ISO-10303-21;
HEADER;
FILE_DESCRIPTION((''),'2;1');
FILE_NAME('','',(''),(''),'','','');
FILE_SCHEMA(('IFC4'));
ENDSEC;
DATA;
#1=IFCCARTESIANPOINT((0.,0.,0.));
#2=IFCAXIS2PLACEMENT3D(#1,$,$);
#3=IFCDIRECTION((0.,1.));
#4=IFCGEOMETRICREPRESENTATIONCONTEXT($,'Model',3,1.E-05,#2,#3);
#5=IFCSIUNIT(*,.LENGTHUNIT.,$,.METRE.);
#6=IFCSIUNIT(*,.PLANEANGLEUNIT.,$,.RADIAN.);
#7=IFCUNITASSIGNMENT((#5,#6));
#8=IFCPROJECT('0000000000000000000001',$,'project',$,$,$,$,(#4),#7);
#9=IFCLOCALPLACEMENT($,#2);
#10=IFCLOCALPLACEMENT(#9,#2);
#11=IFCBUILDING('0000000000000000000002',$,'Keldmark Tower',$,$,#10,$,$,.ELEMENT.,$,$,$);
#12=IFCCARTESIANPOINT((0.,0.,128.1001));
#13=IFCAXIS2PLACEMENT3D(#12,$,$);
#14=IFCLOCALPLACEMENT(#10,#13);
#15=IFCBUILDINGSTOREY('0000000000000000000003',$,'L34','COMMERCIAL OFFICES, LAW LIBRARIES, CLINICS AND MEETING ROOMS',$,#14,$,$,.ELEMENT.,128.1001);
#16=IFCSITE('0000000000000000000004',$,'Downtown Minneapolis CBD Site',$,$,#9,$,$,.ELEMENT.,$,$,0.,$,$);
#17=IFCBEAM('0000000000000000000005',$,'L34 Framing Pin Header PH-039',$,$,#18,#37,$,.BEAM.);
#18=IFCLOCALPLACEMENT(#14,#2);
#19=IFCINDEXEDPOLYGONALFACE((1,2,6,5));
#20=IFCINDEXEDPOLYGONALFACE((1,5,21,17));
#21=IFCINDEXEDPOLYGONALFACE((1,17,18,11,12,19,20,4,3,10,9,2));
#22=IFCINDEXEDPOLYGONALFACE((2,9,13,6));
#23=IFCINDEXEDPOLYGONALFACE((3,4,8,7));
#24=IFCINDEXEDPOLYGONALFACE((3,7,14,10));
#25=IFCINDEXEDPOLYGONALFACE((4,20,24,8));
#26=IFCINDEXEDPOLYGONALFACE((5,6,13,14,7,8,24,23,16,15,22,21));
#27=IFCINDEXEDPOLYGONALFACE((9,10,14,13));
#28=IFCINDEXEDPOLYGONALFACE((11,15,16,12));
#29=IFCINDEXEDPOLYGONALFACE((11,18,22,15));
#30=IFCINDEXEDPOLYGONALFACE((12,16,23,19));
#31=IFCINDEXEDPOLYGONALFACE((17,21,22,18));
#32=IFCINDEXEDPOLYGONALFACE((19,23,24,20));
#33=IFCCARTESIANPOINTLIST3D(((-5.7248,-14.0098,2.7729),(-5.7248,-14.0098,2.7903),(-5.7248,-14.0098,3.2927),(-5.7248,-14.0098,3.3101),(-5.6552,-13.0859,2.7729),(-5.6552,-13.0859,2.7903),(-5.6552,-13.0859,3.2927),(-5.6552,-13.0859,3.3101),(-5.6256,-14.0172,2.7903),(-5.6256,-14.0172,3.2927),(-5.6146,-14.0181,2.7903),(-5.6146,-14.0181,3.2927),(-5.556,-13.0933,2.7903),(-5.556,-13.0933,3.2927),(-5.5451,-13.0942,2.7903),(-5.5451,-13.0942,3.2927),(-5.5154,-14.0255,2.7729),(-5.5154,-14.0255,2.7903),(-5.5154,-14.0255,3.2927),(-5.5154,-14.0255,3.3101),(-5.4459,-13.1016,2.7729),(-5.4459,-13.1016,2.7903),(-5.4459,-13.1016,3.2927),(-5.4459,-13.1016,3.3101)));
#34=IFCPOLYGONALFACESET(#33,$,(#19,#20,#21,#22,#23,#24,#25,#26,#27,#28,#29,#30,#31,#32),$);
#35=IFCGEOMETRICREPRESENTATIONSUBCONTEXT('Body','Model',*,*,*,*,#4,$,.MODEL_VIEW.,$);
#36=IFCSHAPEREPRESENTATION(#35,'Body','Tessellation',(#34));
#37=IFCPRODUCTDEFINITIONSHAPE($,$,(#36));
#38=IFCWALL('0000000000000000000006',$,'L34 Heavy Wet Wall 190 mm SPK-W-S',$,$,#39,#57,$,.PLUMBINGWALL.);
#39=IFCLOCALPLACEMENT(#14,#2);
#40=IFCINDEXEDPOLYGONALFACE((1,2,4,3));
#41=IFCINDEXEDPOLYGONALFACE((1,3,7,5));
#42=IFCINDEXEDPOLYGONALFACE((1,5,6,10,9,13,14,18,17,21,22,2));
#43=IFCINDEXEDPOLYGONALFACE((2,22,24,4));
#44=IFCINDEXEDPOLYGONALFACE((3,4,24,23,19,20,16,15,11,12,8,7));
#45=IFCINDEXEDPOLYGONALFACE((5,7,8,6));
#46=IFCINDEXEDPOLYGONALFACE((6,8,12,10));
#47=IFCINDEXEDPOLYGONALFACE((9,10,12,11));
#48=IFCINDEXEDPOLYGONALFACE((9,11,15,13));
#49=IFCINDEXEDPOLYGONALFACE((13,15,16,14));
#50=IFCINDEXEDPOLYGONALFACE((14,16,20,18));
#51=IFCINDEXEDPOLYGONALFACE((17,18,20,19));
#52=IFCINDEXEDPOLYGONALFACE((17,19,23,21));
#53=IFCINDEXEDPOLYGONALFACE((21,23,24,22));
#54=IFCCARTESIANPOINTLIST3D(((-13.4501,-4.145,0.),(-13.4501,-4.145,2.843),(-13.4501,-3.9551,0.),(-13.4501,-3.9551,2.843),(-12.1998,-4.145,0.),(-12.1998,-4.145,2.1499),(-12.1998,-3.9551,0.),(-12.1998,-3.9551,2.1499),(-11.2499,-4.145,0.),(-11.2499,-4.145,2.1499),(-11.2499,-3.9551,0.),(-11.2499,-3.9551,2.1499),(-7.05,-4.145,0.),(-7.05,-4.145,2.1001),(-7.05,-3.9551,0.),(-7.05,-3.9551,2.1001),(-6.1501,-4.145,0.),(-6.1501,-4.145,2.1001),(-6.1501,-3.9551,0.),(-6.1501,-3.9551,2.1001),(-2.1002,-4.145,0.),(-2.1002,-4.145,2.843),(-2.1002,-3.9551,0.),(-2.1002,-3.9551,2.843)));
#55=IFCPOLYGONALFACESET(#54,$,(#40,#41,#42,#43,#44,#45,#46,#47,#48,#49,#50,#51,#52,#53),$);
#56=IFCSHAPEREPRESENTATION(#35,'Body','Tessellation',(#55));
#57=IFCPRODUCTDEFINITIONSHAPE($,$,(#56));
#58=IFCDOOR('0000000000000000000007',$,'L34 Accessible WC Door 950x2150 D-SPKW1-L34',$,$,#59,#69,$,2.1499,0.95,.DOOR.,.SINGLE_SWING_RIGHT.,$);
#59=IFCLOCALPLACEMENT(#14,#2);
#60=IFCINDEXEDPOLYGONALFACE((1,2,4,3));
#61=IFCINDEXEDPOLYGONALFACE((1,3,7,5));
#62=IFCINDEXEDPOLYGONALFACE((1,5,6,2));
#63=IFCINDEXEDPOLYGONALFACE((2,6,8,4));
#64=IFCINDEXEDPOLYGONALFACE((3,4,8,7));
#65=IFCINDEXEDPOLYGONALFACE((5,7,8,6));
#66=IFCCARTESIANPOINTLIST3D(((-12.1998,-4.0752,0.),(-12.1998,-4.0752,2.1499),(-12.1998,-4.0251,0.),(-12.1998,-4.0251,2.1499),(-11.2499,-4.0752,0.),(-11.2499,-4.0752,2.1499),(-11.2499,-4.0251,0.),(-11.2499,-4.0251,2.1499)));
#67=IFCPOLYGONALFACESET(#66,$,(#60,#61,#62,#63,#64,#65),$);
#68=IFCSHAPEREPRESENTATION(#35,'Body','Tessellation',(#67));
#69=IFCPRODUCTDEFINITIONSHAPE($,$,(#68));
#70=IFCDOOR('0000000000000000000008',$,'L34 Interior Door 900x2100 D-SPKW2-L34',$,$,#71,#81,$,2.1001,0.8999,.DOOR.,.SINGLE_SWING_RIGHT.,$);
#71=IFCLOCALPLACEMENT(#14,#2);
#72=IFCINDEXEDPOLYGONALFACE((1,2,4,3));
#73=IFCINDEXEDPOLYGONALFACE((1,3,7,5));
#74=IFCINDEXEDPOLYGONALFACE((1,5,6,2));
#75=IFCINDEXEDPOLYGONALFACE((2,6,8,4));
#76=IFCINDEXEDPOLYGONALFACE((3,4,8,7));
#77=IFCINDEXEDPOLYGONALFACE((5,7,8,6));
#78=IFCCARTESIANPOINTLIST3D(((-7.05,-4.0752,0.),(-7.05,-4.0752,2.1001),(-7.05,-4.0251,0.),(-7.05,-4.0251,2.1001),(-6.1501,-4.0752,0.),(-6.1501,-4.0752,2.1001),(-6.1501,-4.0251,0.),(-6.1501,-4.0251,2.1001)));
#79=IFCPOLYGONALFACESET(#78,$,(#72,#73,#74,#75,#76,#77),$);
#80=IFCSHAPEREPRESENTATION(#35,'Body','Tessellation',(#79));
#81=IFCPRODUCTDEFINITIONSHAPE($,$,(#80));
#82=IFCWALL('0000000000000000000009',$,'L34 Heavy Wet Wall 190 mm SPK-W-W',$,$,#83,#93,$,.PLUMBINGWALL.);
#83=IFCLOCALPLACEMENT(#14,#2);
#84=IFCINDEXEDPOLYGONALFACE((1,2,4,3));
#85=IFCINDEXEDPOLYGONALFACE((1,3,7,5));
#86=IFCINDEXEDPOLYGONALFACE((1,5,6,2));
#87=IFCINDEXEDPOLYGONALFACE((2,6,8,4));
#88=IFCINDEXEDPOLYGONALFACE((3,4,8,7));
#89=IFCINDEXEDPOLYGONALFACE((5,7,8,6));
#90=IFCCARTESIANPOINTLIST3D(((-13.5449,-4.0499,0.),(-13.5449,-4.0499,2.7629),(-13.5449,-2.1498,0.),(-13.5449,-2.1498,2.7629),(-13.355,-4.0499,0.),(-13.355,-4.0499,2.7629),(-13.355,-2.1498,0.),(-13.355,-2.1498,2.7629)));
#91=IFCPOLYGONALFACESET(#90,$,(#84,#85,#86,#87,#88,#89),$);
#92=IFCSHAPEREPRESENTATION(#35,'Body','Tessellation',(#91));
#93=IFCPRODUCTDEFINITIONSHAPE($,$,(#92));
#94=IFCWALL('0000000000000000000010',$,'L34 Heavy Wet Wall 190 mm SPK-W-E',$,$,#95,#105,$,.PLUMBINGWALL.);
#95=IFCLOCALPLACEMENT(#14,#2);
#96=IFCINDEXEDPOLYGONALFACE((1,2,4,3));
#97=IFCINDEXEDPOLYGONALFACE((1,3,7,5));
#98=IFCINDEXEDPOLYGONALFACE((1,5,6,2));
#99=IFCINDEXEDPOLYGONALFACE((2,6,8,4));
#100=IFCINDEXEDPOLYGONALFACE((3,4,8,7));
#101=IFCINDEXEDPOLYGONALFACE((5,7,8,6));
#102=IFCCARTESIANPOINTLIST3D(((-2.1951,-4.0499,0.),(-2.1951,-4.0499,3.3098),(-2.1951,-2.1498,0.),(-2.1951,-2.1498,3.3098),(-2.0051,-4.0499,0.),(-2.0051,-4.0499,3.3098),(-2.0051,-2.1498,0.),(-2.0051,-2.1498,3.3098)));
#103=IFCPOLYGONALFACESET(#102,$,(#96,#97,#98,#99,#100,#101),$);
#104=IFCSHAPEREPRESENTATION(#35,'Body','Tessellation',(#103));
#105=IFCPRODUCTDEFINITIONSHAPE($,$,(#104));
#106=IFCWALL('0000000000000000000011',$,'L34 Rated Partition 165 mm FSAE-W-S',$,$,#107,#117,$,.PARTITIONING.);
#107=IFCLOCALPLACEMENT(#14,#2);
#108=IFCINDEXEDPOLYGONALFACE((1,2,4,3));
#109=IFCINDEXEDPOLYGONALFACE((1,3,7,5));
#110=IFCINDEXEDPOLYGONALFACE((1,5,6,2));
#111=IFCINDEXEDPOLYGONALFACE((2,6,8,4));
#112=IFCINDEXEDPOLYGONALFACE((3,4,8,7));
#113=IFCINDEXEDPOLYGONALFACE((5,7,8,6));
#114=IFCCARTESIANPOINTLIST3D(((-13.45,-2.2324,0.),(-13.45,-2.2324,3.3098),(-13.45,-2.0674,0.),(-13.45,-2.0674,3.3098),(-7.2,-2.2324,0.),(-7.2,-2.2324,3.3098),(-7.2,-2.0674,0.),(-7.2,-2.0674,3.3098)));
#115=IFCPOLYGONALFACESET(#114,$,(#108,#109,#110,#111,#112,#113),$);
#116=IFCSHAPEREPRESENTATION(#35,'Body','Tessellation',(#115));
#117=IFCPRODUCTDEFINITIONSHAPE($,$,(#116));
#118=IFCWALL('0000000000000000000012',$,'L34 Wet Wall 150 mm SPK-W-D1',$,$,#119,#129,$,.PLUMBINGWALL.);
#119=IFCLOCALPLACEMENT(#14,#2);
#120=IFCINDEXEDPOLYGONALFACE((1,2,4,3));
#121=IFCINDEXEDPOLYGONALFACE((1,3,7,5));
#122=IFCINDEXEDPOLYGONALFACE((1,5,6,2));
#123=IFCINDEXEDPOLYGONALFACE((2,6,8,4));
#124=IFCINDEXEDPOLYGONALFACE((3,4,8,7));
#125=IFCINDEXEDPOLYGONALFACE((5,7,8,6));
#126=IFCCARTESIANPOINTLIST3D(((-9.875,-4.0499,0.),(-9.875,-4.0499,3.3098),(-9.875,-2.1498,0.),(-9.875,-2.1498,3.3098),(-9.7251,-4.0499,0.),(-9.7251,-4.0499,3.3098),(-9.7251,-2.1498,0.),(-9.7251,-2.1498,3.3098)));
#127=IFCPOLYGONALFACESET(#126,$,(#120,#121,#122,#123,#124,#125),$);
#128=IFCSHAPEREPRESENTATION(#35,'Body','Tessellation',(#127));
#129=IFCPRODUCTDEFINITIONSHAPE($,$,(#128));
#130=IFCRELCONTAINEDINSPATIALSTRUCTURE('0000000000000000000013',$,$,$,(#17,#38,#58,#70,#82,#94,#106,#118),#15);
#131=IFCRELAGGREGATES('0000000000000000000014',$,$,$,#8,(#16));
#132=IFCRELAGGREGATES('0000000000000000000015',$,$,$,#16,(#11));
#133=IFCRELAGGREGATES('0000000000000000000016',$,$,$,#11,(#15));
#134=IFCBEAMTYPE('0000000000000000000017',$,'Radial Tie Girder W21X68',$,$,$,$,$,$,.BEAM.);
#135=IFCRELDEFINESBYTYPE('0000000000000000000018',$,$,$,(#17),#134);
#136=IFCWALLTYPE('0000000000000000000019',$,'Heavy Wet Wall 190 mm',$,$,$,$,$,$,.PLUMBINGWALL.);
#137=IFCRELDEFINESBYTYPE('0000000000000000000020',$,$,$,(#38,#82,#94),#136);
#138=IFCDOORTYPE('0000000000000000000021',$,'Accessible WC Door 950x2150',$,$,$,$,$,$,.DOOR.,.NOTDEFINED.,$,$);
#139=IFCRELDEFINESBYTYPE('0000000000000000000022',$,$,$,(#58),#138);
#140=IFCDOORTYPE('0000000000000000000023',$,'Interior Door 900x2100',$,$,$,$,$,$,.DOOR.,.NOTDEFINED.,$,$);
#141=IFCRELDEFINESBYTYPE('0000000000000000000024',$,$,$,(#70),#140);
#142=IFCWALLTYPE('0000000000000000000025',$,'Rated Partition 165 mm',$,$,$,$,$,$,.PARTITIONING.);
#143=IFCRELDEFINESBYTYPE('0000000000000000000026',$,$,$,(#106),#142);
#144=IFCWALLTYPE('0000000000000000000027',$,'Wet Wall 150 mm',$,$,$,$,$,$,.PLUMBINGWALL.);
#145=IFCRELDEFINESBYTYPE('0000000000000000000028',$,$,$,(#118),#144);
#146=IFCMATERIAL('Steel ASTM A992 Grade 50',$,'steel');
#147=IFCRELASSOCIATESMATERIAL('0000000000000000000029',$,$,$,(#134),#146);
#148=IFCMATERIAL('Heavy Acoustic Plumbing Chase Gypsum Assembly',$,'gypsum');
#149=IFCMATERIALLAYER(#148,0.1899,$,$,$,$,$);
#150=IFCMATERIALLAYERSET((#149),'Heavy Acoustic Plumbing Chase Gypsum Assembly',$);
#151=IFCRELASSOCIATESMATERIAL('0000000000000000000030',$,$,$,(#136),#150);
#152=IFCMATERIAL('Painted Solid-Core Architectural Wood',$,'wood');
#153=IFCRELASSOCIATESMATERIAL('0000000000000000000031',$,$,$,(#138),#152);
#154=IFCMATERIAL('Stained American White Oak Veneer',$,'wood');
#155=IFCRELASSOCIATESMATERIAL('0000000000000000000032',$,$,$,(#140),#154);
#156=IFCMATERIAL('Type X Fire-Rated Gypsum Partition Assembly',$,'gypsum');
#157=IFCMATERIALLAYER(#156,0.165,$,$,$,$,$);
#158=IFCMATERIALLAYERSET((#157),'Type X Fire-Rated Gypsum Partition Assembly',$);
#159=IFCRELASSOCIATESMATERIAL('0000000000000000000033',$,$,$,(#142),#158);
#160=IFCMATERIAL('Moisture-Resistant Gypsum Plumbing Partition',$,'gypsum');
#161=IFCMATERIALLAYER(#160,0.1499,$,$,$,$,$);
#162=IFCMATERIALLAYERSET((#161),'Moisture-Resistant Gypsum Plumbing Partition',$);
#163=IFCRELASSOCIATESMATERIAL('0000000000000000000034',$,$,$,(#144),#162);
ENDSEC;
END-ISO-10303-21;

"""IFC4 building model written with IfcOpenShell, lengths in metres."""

from ifc_helpers import new_model, si_unit, direction, frame, frame_2d, origin, origin_2d, place, context, subcontext, project, spatial, rectangle, i_section, extrude, material, layer, layer_set, material_profile, profile_set, type_object, element, fill, save


model = new_model("IFC4")

# Units and contexts
model_context = context("Model", 3, precision=1e-05, world=origin(), true_north=direction((0.0, 1.0)))
body_context = subcontext(model_context, "Body", "Model", "MODEL_VIEW")
ifc_project = project(units=[si_unit("LENGTHUNIT", "METRE"), si_unit("PLANEANGLEUNIT", "RADIAN")], contexts=[model_context])

# Site, building, storey
site_placement = place(None, origin())
site = spatial("IfcSite", under=ifc_project, at=site_placement, Name="Downtown Minneapolis CBD Site", CompositionType="ELEMENT", RefElevation=0.0)
building_placement = place(site_placement, origin())
building = spatial("IfcBuilding", under=site, at=building_placement, Name="Keldmark Tower", CompositionType="ELEMENT")
storey_placement = place(building_placement, frame((0.0, 0.0, 128.1001)))
storey = spatial("IfcBuildingStorey", under=building, at=storey_placement, Name="L34", Description="COMMERCIAL OFFICES, LAW LIBRARIES, CLINICS AND MEETING ROOMS", CompositionType="ELEMENT", Elevation=128.1001)

# Beam
ifc_material_1 = material(Name="Steel ASTM A992 Grade 50", Category="steel")
ifc_material_profile_1 = material_profile(ifc_material_1, i_section(OverallWidth=0.21, OverallDepth=0.5371, WebThickness=0.011, FlangeThickness=0.0173, at=origin_2d()), Name="W21X68")
ifc_profile_set_1 = profile_set([ifc_material_profile_1], Name="Steel ASTM A992 Grade 50")
beam_type_1 = type_object("IfcBeamType", Name="Radial Tie Girder W21X68", PredefinedType="BEAM", material=ifc_profile_set_1)
beam_1_placement = place(storey_placement, frame((-5.5505, -13.0938, 3.0415), z_axis=(-0.075104, -0.997176, 0.0), x_axis=(0.997176, -0.075104, 0.0)))
element("IfcBeam", 1, at=beam_1_placement, inside=storey, type_object=beam_type_1, Name="L34 Framing Pin Header PH-039", PredefinedType="BEAM", context=body_context, shape_type="SweptSolid", body=[
    extrude(i_section(OverallWidth=0.21, OverallDepth=0.5371, WebThickness=0.011, FlangeThickness=0.0173, at=origin_2d()), origin(), (0.0, 0.0, 1.0), 0.9265),
])

# Wall, openings, doors
ifc_material_2 = material(Name="Heavy Acoustic Plumbing Chase Gypsum Assembly", Category="gypsum")
ifc_layer_1 = layer(ifc_material_2, 0.1899)
ifc_layer_set_1 = layer_set([ifc_layer_1], Name="Heavy Acoustic Plumbing Chase Gypsum Assembly")
wall_type_1 = type_object("IfcWallType", Name="Heavy Wet Wall 190 mm", PredefinedType="PLUMBINGWALL", material=ifc_layer_set_1)
wall_1_placement = place(storey_placement, frame((-13.45, -4.05, 0.0), z_axis=(0.0, 0.0, 1.0), x_axis=(1.0, 0.0, 0.0)))
wall_1 = element("IfcWall", 2, at=wall_1_placement, inside=storey, type_object=wall_type_1, Name="L34 Heavy Wet Wall 190 mm SPK-W-S", PredefinedType="PLUMBINGWALL", context=body_context, shape_type="SweptSolid", body=[
    extrude(rectangle(XDim=11.3499, YDim=0.1899, at=frame_2d((5.6748, 0.0))), origin(), (0.0, 0.0, 1.0), 2.843),
])
opening_1_placement = place(wall_1_placement, frame((1.25, 0.0, 0.0)))
opening_1 = element("IfcOpeningElement", 3, at=opening_1_placement, cuts=wall_1, PredefinedType="OPENING", context=body_context, shape_type="SweptSolid", body=[
    extrude(rectangle(XDim=0.95, YDim=2.1499, at=frame_2d((0.4751, 1.075))), frame((0.0, 0.105, 0.0), z_axis=(0.0, -1.0, 0.0), x_axis=(1.0, 0.0, 0.0)), (0.0, 0.0, 1.0), 0.21),
])
opening_2_placement = place(wall_1_placement, frame((6.3999, 0.0, 0.0)))
opening_2 = element("IfcOpeningElement", 4, at=opening_2_placement, cuts=wall_1, PredefinedType="OPENING", context=body_context, shape_type="SweptSolid", body=[
    extrude(rectangle(XDim=0.8999, YDim=2.1001, at=frame_2d((0.45, 1.05))), frame((0.0, 0.105, 0.0), z_axis=(0.0, -1.0, 0.0), x_axis=(1.0, 0.0, 0.0)), (0.0, 0.0, 1.0), 0.21),
])
ifc_material_3 = material(Name="Painted Solid-Core Architectural Wood", Category="wood")
door_type_1 = type_object("IfcDoorType", Name="Accessible WC Door 950x2150", OperationType="NOTDEFINED", PredefinedType="DOOR", material=ifc_material_3)
door_1_placement = place(opening_1_placement, origin())
door_1 = element("IfcDoor", 5, at=door_1_placement, inside=storey, type_object=door_type_1, Name="L34 Accessible WC Door 950x2150 D-SPKW1-L34", OperationType="SINGLE_SWING_RIGHT", OverallHeight=2.1499, OverallWidth=0.95, PredefinedType="DOOR", context=body_context, shape_type="SweptSolid", body=[
    extrude(rectangle(XDim=0.95, YDim=2.1499, at=frame_2d((0.4751, 1.075))), frame((0.0, 0.0249, 0.0), z_axis=(0.0, -1.0, 0.0), x_axis=(1.0, 0.0, 0.0)), (0.0, 0.0, 1.0), 0.05),
])
fill(opening_1, door_1)
ifc_material_4 = material(Name="Stained American White Oak Veneer", Category="wood")
door_type_2 = type_object("IfcDoorType", Name="Interior Door 900x2100", OperationType="NOTDEFINED", PredefinedType="DOOR", material=ifc_material_4)
door_2_placement = place(opening_2_placement, origin())
door_2 = element("IfcDoor", 6, at=door_2_placement, inside=storey, type_object=door_type_2, Name="L34 Interior Door 900x2100 D-SPKW2-L34", OperationType="SINGLE_SWING_RIGHT", OverallHeight=2.1001, OverallWidth=0.8999, PredefinedType="DOOR", context=body_context, shape_type="SweptSolid", body=[
    extrude(rectangle(XDim=0.8999, YDim=2.1001, at=frame_2d((0.45, 1.05))), frame((0.0, 0.0249, 0.0), z_axis=(0.0, -1.0, 0.0), x_axis=(1.0, 0.0, 0.0)), (0.0, 0.0, 1.0), 0.05),
])
fill(opening_2, door_2)

# Walls
wall_2_placement = place(storey_placement, frame((-13.45, -4.05, 0.0), z_axis=(0.0, 0.0, 1.0), x_axis=(0.0, 1.0, 0.0)))
element("IfcWall", 7, at=wall_2_placement, inside=storey, type_object=wall_type_1, Name="L34 Heavy Wet Wall 190 mm SPK-W-W", PredefinedType="PLUMBINGWALL", context=body_context, shape_type="SweptSolid", body=[
    extrude(rectangle(XDim=1.9001, YDim=0.1899, at=frame_2d((0.9502, 0.0))), origin(), (0.0, 0.0, 1.0), 2.7629),
])
wall_3_placement = place(storey_placement, frame((-2.1001, -4.05, 0.0), z_axis=(0.0, 0.0, 1.0), x_axis=(0.0, 1.0, 0.0)))
element("IfcWall", 8, at=wall_3_placement, inside=storey, type_object=wall_type_1, Name="L34 Heavy Wet Wall 190 mm SPK-W-E", PredefinedType="PLUMBINGWALL", context=body_context, shape_type="SweptSolid", body=[
    extrude(rectangle(XDim=1.9001, YDim=0.1899, at=frame_2d((0.9502, 0.0))), origin(), (0.0, 0.0, 1.0), 3.3098),
])
ifc_material_5 = material(Name="Type X Fire-Rated Gypsum Partition Assembly", Category="gypsum")
ifc_layer_2 = layer(ifc_material_5, 0.165)
ifc_layer_set_2 = layer_set([ifc_layer_2], Name="Type X Fire-Rated Gypsum Partition Assembly")
wall_type_2 = type_object("IfcWallType", Name="Rated Partition 165 mm", PredefinedType="PARTITIONING", material=ifc_layer_set_2)
wall_4_placement = place(storey_placement, frame((-13.45, -2.1499, 0.0), z_axis=(0.0, 0.0, 1.0), x_axis=(1.0, 0.0, 0.0)))
element("IfcWall", 9, at=wall_4_placement, inside=storey, type_object=wall_type_2, Name="L34 Rated Partition 165 mm FSAE-W-S", PredefinedType="PARTITIONING", context=body_context, shape_type="SweptSolid", body=[
    extrude(rectangle(XDim=6.25, YDim=0.165, at=frame_2d((3.125, 0.0))), origin(), (0.0, 0.0, 1.0), 3.3098),
])

# Wall
ifc_material_6 = material(Name="Moisture-Resistant Gypsum Plumbing Partition", Category="gypsum")
ifc_layer_3 = layer(ifc_material_6, 0.1499)
ifc_layer_set_3 = layer_set([ifc_layer_3], Name="Moisture-Resistant Gypsum Plumbing Partition")
wall_type_3 = type_object("IfcWallType", Name="Wet Wall 150 mm", PredefinedType="PLUMBINGWALL", material=ifc_layer_set_3)
wall_5_placement = place(storey_placement, frame((-9.8, -4.05, 0.0), z_axis=(0.0, 0.0, 1.0), x_axis=(0.0, 1.0, 0.0)))
element("IfcWall", 10, at=wall_5_placement, inside=storey, type_object=wall_type_3, Name="L34 Wet Wall 150 mm SPK-W-D1", PredefinedType="PLUMBINGWALL", context=body_context, shape_type="SweptSolid", body=[
    extrude(rectangle(XDim=1.9001, YDim=0.1499, at=frame_2d((0.9502, 0.0))), origin(), (0.0, 0.0, 1.0), 3.3098),
])

save(model, "model.ifc")
